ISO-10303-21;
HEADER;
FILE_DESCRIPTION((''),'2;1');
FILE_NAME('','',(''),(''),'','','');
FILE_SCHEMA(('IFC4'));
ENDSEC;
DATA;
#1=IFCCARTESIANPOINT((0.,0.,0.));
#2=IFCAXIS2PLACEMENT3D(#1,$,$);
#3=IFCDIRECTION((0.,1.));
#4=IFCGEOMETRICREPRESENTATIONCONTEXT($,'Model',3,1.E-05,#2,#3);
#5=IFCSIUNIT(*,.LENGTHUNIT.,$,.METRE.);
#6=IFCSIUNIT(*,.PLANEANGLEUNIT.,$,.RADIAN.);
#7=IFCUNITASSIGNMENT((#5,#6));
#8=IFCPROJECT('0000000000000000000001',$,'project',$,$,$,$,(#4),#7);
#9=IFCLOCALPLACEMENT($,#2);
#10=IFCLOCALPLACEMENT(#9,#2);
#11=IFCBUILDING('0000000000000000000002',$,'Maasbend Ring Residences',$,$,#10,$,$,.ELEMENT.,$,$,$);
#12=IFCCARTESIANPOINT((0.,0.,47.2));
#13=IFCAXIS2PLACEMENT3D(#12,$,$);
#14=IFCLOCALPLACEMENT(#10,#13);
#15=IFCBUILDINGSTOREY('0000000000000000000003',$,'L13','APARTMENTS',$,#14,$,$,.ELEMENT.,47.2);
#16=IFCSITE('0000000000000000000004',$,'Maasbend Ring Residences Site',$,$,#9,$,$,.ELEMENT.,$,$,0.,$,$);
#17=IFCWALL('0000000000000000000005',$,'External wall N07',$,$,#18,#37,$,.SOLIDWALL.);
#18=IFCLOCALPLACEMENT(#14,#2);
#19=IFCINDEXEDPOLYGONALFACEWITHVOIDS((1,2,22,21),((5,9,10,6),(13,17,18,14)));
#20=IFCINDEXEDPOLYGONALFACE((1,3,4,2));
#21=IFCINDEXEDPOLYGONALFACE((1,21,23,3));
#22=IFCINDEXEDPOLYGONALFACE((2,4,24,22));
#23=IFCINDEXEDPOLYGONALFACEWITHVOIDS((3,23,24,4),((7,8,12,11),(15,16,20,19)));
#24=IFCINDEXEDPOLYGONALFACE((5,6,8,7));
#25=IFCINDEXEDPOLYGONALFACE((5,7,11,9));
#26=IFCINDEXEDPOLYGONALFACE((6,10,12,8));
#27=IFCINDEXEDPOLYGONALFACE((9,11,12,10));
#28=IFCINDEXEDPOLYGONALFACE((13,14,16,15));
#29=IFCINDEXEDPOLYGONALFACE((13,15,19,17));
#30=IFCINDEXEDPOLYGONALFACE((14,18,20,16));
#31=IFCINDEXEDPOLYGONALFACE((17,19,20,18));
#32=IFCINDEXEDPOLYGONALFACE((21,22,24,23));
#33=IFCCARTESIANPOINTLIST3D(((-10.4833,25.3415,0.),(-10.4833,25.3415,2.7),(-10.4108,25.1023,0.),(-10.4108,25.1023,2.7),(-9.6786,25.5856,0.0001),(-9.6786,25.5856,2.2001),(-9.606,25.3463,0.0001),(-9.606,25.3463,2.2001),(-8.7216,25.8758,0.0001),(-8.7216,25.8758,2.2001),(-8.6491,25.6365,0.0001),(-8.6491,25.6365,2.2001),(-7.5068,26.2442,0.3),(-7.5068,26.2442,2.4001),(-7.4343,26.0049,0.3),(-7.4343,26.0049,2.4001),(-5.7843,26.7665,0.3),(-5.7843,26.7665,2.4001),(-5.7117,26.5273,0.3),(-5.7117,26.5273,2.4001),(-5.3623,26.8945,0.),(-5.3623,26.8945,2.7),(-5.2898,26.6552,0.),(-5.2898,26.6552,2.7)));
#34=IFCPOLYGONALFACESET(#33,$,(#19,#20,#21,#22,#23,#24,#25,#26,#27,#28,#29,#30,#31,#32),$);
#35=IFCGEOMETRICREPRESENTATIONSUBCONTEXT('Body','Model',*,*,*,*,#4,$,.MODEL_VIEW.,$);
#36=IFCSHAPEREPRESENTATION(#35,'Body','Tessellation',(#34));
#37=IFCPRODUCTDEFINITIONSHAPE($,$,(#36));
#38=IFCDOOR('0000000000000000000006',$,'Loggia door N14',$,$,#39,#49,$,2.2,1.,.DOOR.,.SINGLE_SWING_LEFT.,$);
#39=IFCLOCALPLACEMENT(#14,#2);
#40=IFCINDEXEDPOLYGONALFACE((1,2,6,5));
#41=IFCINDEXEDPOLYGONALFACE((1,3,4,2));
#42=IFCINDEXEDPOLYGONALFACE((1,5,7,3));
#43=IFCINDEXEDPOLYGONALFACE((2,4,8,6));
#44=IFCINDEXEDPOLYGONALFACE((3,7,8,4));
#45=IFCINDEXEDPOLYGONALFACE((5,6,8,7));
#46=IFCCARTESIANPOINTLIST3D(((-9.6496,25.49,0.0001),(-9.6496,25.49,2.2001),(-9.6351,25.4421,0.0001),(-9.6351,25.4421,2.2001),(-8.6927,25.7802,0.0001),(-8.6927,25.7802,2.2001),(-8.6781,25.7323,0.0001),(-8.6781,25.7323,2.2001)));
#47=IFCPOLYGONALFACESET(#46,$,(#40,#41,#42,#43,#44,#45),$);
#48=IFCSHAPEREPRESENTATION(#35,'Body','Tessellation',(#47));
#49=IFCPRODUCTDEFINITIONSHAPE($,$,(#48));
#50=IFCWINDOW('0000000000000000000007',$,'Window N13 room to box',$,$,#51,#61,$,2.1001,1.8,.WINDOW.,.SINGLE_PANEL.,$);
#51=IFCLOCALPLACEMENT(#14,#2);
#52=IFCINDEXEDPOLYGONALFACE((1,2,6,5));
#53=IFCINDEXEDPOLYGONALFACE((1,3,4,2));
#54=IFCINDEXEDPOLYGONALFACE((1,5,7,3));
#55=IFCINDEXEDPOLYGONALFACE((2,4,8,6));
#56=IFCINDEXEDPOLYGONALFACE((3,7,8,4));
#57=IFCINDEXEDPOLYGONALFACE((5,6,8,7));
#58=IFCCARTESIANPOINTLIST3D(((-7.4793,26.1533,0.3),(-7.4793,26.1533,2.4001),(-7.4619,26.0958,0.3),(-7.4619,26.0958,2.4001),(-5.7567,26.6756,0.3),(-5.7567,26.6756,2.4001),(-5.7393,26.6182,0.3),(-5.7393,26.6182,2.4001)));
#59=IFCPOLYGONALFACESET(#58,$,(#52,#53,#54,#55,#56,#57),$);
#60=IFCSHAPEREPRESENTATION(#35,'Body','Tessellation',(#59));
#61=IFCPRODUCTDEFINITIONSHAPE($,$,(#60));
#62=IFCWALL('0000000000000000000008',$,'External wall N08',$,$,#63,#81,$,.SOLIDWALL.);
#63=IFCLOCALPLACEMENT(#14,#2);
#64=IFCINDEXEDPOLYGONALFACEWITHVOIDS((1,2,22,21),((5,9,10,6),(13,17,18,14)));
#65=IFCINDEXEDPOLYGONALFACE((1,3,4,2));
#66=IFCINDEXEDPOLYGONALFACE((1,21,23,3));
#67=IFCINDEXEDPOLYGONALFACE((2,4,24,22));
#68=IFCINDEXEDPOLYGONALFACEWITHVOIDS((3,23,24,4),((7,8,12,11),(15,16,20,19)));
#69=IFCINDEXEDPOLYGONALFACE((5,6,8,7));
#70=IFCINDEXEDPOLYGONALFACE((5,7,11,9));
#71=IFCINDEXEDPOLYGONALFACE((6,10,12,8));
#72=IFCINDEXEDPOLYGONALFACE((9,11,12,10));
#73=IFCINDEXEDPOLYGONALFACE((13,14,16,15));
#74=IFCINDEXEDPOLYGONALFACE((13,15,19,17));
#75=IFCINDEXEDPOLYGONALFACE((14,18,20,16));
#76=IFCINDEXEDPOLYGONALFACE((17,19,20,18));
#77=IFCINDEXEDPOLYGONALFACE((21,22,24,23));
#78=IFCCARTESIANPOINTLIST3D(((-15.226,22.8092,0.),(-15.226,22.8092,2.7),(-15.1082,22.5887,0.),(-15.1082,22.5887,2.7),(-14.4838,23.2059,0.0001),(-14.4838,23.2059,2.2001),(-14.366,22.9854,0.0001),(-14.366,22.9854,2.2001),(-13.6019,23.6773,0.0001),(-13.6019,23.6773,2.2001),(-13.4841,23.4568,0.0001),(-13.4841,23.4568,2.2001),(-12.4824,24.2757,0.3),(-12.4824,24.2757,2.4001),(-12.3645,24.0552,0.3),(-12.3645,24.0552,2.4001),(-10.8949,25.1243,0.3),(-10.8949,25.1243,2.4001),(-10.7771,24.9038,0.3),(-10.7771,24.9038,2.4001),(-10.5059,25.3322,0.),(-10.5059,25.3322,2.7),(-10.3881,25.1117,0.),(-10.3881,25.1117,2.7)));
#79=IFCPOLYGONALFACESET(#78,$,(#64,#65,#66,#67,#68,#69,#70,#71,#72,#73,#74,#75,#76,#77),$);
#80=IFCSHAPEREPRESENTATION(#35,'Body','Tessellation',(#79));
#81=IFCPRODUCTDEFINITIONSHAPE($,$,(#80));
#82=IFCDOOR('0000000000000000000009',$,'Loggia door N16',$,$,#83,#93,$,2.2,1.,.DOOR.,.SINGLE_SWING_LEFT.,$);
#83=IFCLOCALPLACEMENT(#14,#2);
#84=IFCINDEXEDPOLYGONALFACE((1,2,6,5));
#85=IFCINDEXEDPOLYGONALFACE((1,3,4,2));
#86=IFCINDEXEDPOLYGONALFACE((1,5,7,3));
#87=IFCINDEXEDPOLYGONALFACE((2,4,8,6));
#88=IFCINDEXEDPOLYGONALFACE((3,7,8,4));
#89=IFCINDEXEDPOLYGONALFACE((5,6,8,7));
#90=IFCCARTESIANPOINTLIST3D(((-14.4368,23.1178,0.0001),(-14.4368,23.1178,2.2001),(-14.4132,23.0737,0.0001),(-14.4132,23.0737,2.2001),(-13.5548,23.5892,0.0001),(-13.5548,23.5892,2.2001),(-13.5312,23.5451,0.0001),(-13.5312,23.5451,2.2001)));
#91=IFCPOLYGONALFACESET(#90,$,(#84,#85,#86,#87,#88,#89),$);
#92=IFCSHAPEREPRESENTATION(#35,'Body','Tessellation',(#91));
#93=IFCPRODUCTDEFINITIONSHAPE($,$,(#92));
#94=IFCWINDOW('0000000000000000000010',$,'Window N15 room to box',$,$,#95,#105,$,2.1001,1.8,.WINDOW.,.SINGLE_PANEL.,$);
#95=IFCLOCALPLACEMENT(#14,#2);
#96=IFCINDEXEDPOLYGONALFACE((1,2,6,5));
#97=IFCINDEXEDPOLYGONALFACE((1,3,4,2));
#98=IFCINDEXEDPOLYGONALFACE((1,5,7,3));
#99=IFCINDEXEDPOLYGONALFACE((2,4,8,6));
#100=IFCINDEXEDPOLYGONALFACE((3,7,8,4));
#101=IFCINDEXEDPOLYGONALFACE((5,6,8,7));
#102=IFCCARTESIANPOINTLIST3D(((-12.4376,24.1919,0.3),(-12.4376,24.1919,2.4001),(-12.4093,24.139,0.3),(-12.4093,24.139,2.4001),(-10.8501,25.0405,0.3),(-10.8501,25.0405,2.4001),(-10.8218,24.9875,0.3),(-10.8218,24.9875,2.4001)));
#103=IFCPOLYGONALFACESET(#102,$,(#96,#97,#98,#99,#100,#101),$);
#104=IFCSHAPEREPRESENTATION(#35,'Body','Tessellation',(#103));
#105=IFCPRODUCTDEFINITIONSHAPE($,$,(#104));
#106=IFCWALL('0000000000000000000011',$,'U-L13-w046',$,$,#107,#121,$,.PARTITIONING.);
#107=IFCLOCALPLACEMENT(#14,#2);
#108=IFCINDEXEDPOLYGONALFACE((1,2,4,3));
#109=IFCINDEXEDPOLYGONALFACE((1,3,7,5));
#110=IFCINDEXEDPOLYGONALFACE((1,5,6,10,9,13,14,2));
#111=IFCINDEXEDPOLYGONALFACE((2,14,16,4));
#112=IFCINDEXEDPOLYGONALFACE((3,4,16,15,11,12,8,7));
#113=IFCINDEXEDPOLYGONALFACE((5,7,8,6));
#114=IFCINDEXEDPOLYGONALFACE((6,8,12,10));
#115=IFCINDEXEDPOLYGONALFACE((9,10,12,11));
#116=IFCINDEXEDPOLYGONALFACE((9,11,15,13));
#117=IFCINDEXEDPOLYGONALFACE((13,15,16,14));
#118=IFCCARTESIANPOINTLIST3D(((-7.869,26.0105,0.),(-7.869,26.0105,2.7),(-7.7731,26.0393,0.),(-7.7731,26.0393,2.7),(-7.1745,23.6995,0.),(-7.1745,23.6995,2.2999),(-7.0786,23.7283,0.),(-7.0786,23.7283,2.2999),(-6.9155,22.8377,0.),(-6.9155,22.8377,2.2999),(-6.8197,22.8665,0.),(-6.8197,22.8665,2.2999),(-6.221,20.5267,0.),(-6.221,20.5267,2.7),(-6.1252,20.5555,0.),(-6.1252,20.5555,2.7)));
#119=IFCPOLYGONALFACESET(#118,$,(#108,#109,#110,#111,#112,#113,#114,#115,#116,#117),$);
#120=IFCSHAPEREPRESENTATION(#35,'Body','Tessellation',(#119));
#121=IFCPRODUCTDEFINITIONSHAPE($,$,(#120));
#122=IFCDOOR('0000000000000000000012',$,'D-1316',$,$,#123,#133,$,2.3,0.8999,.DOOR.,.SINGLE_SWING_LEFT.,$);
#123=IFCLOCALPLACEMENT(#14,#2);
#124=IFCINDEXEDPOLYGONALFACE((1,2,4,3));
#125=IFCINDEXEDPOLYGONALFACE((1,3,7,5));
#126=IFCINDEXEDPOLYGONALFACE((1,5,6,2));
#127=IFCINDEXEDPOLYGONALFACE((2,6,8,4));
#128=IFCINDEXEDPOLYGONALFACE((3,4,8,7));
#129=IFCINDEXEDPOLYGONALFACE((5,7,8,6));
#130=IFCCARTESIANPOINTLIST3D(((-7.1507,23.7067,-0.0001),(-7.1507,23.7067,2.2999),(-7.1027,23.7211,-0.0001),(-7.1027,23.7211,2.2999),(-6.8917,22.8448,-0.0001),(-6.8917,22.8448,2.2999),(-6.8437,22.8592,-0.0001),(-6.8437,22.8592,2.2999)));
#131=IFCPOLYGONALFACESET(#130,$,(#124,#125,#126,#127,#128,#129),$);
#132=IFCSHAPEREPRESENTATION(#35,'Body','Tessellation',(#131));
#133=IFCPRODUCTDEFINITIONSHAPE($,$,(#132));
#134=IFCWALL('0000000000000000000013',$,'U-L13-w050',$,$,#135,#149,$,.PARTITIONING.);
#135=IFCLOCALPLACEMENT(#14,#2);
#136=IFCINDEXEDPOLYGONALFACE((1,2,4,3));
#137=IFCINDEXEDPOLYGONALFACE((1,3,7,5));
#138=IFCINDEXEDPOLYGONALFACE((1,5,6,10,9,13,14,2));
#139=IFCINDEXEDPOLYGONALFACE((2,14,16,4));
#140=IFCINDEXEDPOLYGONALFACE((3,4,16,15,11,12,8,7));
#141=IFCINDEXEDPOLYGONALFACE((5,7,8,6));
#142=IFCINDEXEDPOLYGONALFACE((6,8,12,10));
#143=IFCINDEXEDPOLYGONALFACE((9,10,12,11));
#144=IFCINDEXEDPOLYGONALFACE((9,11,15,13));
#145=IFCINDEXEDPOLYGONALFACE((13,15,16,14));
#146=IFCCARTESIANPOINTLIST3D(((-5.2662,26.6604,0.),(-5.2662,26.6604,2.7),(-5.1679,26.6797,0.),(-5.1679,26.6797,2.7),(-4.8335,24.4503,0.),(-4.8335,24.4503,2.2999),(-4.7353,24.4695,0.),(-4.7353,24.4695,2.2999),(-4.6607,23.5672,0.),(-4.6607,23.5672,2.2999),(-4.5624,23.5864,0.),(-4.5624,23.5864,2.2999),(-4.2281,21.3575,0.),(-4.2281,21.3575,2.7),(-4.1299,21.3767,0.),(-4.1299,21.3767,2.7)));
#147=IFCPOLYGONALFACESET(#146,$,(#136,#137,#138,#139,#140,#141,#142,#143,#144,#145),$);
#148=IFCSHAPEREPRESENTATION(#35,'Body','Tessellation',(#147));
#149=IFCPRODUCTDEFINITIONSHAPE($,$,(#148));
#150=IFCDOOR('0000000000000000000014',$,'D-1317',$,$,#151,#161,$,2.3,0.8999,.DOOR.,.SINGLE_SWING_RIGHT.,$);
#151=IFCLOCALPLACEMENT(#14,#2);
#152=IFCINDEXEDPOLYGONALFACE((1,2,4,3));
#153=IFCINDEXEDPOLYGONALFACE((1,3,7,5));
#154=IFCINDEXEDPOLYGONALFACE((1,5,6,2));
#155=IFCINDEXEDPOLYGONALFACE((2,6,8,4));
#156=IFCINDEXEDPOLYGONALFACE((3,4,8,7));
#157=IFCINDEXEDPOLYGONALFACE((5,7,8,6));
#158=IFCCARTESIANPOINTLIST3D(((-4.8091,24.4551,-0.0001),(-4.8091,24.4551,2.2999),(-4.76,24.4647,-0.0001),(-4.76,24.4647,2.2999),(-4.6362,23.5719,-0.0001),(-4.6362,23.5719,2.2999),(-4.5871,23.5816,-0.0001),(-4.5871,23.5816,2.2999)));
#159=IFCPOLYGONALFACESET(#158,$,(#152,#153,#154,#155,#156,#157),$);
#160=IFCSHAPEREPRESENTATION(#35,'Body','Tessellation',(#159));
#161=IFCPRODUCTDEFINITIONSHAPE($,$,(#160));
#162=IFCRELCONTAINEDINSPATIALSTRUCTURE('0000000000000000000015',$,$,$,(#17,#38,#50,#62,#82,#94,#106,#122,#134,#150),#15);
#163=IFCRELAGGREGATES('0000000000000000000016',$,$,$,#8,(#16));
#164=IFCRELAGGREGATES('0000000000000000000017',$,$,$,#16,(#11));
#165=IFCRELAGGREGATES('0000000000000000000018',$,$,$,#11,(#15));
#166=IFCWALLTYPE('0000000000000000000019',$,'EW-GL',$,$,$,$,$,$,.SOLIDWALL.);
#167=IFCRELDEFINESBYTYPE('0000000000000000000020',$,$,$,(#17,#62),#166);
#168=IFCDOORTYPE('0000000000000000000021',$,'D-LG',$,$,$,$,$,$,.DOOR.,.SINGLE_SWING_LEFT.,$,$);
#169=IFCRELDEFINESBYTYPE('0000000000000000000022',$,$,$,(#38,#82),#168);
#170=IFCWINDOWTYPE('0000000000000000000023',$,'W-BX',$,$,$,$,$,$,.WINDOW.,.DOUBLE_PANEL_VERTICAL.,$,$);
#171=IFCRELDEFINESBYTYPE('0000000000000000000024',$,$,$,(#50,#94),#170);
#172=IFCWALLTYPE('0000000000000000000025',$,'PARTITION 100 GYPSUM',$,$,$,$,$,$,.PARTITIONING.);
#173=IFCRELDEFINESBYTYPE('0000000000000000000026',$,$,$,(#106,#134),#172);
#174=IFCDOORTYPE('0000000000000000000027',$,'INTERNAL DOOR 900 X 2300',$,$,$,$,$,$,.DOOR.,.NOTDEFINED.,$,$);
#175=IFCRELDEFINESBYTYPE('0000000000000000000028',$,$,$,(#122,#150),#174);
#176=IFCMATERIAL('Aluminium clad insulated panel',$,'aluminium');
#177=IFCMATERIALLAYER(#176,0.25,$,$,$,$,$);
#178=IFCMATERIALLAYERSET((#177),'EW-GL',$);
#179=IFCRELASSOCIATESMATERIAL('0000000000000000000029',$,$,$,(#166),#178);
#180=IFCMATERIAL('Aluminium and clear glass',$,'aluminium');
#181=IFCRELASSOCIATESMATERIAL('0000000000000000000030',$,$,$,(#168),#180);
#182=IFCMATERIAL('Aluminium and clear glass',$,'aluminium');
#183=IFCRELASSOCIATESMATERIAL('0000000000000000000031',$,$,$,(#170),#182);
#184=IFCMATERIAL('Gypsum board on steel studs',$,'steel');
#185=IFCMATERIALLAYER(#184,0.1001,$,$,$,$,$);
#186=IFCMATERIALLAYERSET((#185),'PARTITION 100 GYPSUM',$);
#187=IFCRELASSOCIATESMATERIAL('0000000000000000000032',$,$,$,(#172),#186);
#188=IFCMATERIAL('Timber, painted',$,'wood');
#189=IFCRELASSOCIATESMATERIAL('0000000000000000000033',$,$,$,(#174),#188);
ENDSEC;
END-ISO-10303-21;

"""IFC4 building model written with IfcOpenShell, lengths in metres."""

from ifc_helpers import new_model, si_unit, direction, frame, frame_2d, origin, place, context, subcontext, project, spatial, rectangle, extrude, material, layer, layer_set, type_object, element, fill, save


model = new_model("IFC4")

# Units and contexts
model_context = context("Model", 3, precision=1e-05, world=origin(), true_north=direction((0.0, 1.0)))
body_context = subcontext(model_context, "Body", "Model", "MODEL_VIEW")
ifc_project = project(units=[si_unit("LENGTHUNIT", "METRE"), si_unit("PLANEANGLEUNIT", "RADIAN")], contexts=[model_context])

# Site, building, storey
site_placement = place(None, origin())
site = spatial("IfcSite", under=ifc_project, at=site_placement, Name="Maasbend Ring Residences Site", CompositionType="ELEMENT", RefElevation=0.0)
building_placement = place(site_placement, origin())
building = spatial("IfcBuilding", under=site, at=building_placement, Name="Maasbend Ring Residences", CompositionType="ELEMENT")
storey_placement = place(building_placement, frame((0.0, 0.0, 47.2)))
storey = spatial("IfcBuildingStorey", under=building, at=storey_placement, Name="L13", Description="APARTMENTS", CompositionType="ELEMENT", Elevation=47.2)

# Walls, openings, doors, windows
ifc_material_1 = material(Name="Aluminium clad insulated panel", Category="aluminium")
ifc_layer_1 = layer(ifc_material_1, 0.25)
ifc_layer_set_1 = layer_set([ifc_layer_1], Name="EW-GL")
wall_type_1 = type_object("IfcWallType", Name="EW-GL", PredefinedType="SOLIDWALL", material=ifc_layer_set_1)
wall_1_placement = place(storey_placement, frame((-5.3259, 26.7749, 0.0), z_axis=(0.0, 0.0, 1.0), x_axis=(-0.956966, -0.290201, 0.0)))
wall_1 = element("IfcWall", 1, at=wall_1_placement, inside=storey, type_object=wall_type_1, Name="External wall N07", PredefinedType="SOLIDWALL", context=body_context, shape_type="SweptSolid", body=[
    extrude(rectangle(XDim=5.3513, YDim=0.25, at=frame_2d((2.6758, 0.0))), origin(), (0.0, 0.0, 1.0), 2.7),
])
opening_1_placement = place(wall_1_placement, frame((0.4412, 0.0, 0.3)))
opening_1 = element("IfcOpeningElement", 2, at=opening_1_placement, cuts=wall_1, PredefinedType="OPENING", context=body_context, shape_type="SweptSolid", body=[
    extrude(rectangle(XDim=1.8, YDim=2.1001, at=frame_2d((0.8999, 1.05))), frame((0.0, 0.135, 0.0), z_axis=(0.0, -1.0, 0.0), x_axis=(1.0, 0.0, 0.0)), (0.0, 0.0, 1.0), 0.27),
])
opening_2_placement = place(wall_1_placement, frame((3.5105, 0.0, 0.0)))
opening_2 = element("IfcOpeningElement", 3, at=opening_2_placement, cuts=wall_1, PredefinedType="OPENING", context=body_context, shape_type="SweptSolid", body=[
    extrude(rectangle(XDim=1.0, YDim=2.2, at=frame_2d((0.5, 1.1001))), frame((0.0, 0.135, 0.0), z_axis=(0.0, -1.0, 0.0), x_axis=(1.0, 0.0, 0.0)), (0.0, 0.0, 1.0), 0.27),
])
ifc_material_2 = material(Name="Aluminium and clear glass", Category="aluminium")
door_type_1 = type_object("IfcDoorType", Name="D-LG", OperationType="SINGLE_SWING_LEFT", PredefinedType="DOOR", material=ifc_material_2)
door_1_placement = place(opening_2_placement, origin())
door_1 = element("IfcDoor", 4, at=door_1_placement, inside=storey, type_object=door_type_1, Name="Loggia door N14", OperationType="SINGLE_SWING_LEFT", OverallHeight=2.2, OverallWidth=1.0, PredefinedType="DOOR", context=body_context, shape_type="SweptSolid", body=[
    extrude(rectangle(XDim=1.0, YDim=2.2, at=frame_2d((0.5, 1.1001))), frame((0.0, 0.0249, 0.0), z_axis=(0.0, -1.0, 0.0), x_axis=(1.0, 0.0, 0.0)), (0.0, 0.0, 1.0), 0.05),
])
fill(opening_2, door_1)
ifc_material_3 = material(Name="Aluminium and clear glass", Category="aluminium")
window_type_1 = type_object("IfcWindowType", Name="W-BX", PartitioningType="DOUBLE_PANEL_VERTICAL", PredefinedType="WINDOW", material=ifc_material_3)
window_1_placement = place(opening_1_placement, origin())
window_1 = element("IfcWindow", 5, at=window_1_placement, inside=storey, type_object=window_type_1, Name="Window N13 room to box", OverallHeight=2.1001, OverallWidth=1.8, PartitioningType="SINGLE_PANEL", PredefinedType="WINDOW", context=body_context, shape_type="SweptSolid", body=[
    extrude(rectangle(XDim=1.8, YDim=2.1001, at=frame_2d((0.8999, 1.05))), frame((0.0, 0.03, 0.0), z_axis=(0.0, -1.0, 0.0), x_axis=(1.0, 0.0, 0.0)), (0.0, 0.0, 1.0), 0.0601),
])
fill(opening_1, window_1)
wall_2_placement = place(storey_placement, frame((-10.447, 25.2219, 0.0), z_axis=(0.0, 0.0, 1.0), x_axis=(-0.881916, -0.471407, 0.0)))
wall_2 = element("IfcWall", 6, at=wall_2_placement, inside=storey, type_object=wall_type_1, Name="External wall N08", PredefinedType="SOLIDWALL", context=body_context, shape_type="SweptSolid", body=[
    extrude(rectangle(XDim=5.3521, YDim=0.25, at=frame_2d((2.676, 0.0))), origin(), (0.0, 0.0, 1.0), 2.7),
])
opening_3_placement = place(wall_2_placement, frame((0.4412, 0.0, 0.3)))
opening_3 = element("IfcOpeningElement", 7, at=opening_3_placement, cuts=wall_2, PredefinedType="OPENING", context=body_context, shape_type="SweptSolid", body=[
    extrude(rectangle(XDim=1.8, YDim=2.1001, at=frame_2d((0.8999, 1.05))), frame((0.0, 0.135, 0.0), z_axis=(0.0, -1.0, 0.0), x_axis=(1.0, 0.0, 0.0)), (0.0, 0.0, 1.0), 0.27),
])
opening_4_placement = place(wall_2_placement, frame((3.5105, 0.0, 0.0)))
opening_4 = element("IfcOpeningElement", 8, at=opening_4_placement, cuts=wall_2, PredefinedType="OPENING", context=body_context, shape_type="SweptSolid", body=[
    extrude(rectangle(XDim=1.0, YDim=2.2, at=frame_2d((0.5, 1.1001))), frame((0.0, 0.135, 0.0), z_axis=(0.0, -1.0, 0.0), x_axis=(1.0, 0.0, 0.0)), (0.0, 0.0, 1.0), 0.27),
])
door_2_placement = place(opening_4_placement, origin())
door_2 = element("IfcDoor", 9, at=door_2_placement, inside=storey, type_object=door_type_1, Name="Loggia door N16", OperationType="SINGLE_SWING_LEFT", OverallHeight=2.2, OverallWidth=1.0, PredefinedType="DOOR", context=body_context, shape_type="SweptSolid", body=[
    extrude(rectangle(XDim=1.0, YDim=2.2, at=frame_2d((0.5, 1.1001))), frame((0.0, 0.0249, 0.0), z_axis=(0.0, -1.0, 0.0), x_axis=(1.0, 0.0, 0.0)), (0.0, 0.0, 1.0), 0.05),
])
fill(opening_4, door_2)
window_2_placement = place(opening_3_placement, origin())
window_2 = element("IfcWindow", 10, at=window_2_placement, inside=storey, type_object=window_type_1, Name="Window N15 room to box", OverallHeight=2.1001, OverallWidth=1.8, PartitioningType="SINGLE_PANEL", PredefinedType="WINDOW", context=body_context, shape_type="SweptSolid", body=[
    extrude(rectangle(XDim=1.8, YDim=2.1001, at=frame_2d((0.8999, 1.05))), frame((0.0, 0.03, 0.0), z_axis=(0.0, -1.0, 0.0), x_axis=(1.0, 0.0, 0.0)), (0.0, 0.0, 1.0), 0.0601),
])
fill(opening_3, window_2)

# Walls, openings, doors
ifc_material_4 = material(Name="Gypsum board on steel studs", Category="steel")
ifc_layer_2 = layer(ifc_material_4, 0.1001)
ifc_layer_set_2 = layer_set([ifc_layer_2], Name="PARTITION 100 GYPSUM")
wall_type_2 = type_object("IfcWallType", Name="PARTITION 100 GYPSUM", PredefinedType="PARTITIONING", material=ifc_layer_set_2)
wall_3_placement = place(storey_placement, frame((-7.821, 26.0249, 0.0), z_axis=(0.0, 0.0, 1.0), x_axis=(0.287794, -0.957692, 0.0)))
wall_3 = element("IfcWall", 11, at=wall_3_placement, inside=storey, type_object=wall_type_2, Name="U-L13-w046", PredefinedType="PARTITIONING", context=body_context, shape_type="SweptSolid", body=[
    extrude(rectangle(XDim=5.7261, YDim=0.1001, at=frame_2d((2.863, 0.0))), origin(), (0.0, 0.0, 1.0), 2.7),
])
opening_5_placement = place(wall_3_placement, frame((2.4131, 0.0, 0.0)))
opening_5 = element("IfcOpeningElement", 12, at=opening_5_placement, cuts=wall_3, PredefinedType="OPENING", context=body_context, shape_type="SweptSolid", body=[
    extrude(rectangle(XDim=0.8999, YDim=2.3, at=frame_2d((0.45, 1.1499))), frame((0.0, 0.0601, 0.0), z_axis=(0.0, -1.0, 0.0), x_axis=(1.0, 0.0, 0.0)), (0.0, 0.0, 1.0), 0.1201),
])
ifc_material_5 = material(Name="Timber, painted", Category="wood")
door_type_2 = type_object("IfcDoorType", Name="INTERNAL DOOR 900 X 2300", OperationType="NOTDEFINED", PredefinedType="DOOR", material=ifc_material_5)
door_3_placement = place(opening_5_placement, origin())
door_3 = element("IfcDoor", 13, at=door_3_placement, inside=storey, type_object=door_type_2, Name="D-1316", OperationType="SINGLE_SWING_LEFT", OverallHeight=2.3, OverallWidth=0.8999, PredefinedType="DOOR", context=body_context, shape_type="SweptSolid", body=[
    extrude(rectangle(XDim=0.8999, YDim=2.3, at=frame_2d((0.45, 1.1499))), frame((0.0, 0.0249, 0.0), z_axis=(0.0, -1.0, 0.0), x_axis=(1.0, 0.0, 0.0)), (0.0, 0.0, 1.0), 0.05),
])
fill(opening_5, door_3)
wall_4_placement = place(storey_placement, frame((-5.217, 26.6699, 0.0), z_axis=(0.0, 0.0, 1.0), x_axis=(0.192109, -0.981374, 0.0)))
wall_4 = element("IfcWall", 14, at=wall_4_placement, inside=storey, type_object=wall_type_2, Name="U-L13-w050", PredefinedType="PARTITIONING", context=body_context, shape_type="SweptSolid", body=[
    extrude(rectangle(XDim=5.4036, YDim=0.1001, at=frame_2d((2.7017, 0.0))), origin(), (0.0, 0.0, 1.0), 2.7),
])
opening_6_placement = place(wall_4_placement, frame((2.252, 0.0, 0.0)))
opening_6 = element("IfcOpeningElement", 15, at=opening_6_placement, cuts=wall_4, PredefinedType="OPENING", context=body_context, shape_type="SweptSolid", body=[
    extrude(rectangle(XDim=0.8999, YDim=2.3, at=frame_2d((0.45, 1.1499))), frame((0.0, 0.0601, 0.0), z_axis=(0.0, -1.0, 0.0), x_axis=(1.0, 0.0, 0.0)), (0.0, 0.0, 1.0), 0.1201),
])
door_4_placement = place(opening_6_placement, origin())
door_4 = element("IfcDoor", 16, at=door_4_placement, inside=storey, type_object=door_type_2, Name="D-1317", OperationType="SINGLE_SWING_RIGHT", OverallHeight=2.3, OverallWidth=0.8999, PredefinedType="DOOR", context=body_context, shape_type="SweptSolid", body=[
    extrude(rectangle(XDim=0.8999, YDim=2.3, at=frame_2d((0.45, 1.1499))), frame((0.0, 0.0249, 0.0), z_axis=(0.0, -1.0, 0.0), x_axis=(1.0, 0.0, 0.0)), (0.0, 0.0, 1.0), 0.05),
])
fill(opening_6, door_4)

save(model, "model.ifc")
